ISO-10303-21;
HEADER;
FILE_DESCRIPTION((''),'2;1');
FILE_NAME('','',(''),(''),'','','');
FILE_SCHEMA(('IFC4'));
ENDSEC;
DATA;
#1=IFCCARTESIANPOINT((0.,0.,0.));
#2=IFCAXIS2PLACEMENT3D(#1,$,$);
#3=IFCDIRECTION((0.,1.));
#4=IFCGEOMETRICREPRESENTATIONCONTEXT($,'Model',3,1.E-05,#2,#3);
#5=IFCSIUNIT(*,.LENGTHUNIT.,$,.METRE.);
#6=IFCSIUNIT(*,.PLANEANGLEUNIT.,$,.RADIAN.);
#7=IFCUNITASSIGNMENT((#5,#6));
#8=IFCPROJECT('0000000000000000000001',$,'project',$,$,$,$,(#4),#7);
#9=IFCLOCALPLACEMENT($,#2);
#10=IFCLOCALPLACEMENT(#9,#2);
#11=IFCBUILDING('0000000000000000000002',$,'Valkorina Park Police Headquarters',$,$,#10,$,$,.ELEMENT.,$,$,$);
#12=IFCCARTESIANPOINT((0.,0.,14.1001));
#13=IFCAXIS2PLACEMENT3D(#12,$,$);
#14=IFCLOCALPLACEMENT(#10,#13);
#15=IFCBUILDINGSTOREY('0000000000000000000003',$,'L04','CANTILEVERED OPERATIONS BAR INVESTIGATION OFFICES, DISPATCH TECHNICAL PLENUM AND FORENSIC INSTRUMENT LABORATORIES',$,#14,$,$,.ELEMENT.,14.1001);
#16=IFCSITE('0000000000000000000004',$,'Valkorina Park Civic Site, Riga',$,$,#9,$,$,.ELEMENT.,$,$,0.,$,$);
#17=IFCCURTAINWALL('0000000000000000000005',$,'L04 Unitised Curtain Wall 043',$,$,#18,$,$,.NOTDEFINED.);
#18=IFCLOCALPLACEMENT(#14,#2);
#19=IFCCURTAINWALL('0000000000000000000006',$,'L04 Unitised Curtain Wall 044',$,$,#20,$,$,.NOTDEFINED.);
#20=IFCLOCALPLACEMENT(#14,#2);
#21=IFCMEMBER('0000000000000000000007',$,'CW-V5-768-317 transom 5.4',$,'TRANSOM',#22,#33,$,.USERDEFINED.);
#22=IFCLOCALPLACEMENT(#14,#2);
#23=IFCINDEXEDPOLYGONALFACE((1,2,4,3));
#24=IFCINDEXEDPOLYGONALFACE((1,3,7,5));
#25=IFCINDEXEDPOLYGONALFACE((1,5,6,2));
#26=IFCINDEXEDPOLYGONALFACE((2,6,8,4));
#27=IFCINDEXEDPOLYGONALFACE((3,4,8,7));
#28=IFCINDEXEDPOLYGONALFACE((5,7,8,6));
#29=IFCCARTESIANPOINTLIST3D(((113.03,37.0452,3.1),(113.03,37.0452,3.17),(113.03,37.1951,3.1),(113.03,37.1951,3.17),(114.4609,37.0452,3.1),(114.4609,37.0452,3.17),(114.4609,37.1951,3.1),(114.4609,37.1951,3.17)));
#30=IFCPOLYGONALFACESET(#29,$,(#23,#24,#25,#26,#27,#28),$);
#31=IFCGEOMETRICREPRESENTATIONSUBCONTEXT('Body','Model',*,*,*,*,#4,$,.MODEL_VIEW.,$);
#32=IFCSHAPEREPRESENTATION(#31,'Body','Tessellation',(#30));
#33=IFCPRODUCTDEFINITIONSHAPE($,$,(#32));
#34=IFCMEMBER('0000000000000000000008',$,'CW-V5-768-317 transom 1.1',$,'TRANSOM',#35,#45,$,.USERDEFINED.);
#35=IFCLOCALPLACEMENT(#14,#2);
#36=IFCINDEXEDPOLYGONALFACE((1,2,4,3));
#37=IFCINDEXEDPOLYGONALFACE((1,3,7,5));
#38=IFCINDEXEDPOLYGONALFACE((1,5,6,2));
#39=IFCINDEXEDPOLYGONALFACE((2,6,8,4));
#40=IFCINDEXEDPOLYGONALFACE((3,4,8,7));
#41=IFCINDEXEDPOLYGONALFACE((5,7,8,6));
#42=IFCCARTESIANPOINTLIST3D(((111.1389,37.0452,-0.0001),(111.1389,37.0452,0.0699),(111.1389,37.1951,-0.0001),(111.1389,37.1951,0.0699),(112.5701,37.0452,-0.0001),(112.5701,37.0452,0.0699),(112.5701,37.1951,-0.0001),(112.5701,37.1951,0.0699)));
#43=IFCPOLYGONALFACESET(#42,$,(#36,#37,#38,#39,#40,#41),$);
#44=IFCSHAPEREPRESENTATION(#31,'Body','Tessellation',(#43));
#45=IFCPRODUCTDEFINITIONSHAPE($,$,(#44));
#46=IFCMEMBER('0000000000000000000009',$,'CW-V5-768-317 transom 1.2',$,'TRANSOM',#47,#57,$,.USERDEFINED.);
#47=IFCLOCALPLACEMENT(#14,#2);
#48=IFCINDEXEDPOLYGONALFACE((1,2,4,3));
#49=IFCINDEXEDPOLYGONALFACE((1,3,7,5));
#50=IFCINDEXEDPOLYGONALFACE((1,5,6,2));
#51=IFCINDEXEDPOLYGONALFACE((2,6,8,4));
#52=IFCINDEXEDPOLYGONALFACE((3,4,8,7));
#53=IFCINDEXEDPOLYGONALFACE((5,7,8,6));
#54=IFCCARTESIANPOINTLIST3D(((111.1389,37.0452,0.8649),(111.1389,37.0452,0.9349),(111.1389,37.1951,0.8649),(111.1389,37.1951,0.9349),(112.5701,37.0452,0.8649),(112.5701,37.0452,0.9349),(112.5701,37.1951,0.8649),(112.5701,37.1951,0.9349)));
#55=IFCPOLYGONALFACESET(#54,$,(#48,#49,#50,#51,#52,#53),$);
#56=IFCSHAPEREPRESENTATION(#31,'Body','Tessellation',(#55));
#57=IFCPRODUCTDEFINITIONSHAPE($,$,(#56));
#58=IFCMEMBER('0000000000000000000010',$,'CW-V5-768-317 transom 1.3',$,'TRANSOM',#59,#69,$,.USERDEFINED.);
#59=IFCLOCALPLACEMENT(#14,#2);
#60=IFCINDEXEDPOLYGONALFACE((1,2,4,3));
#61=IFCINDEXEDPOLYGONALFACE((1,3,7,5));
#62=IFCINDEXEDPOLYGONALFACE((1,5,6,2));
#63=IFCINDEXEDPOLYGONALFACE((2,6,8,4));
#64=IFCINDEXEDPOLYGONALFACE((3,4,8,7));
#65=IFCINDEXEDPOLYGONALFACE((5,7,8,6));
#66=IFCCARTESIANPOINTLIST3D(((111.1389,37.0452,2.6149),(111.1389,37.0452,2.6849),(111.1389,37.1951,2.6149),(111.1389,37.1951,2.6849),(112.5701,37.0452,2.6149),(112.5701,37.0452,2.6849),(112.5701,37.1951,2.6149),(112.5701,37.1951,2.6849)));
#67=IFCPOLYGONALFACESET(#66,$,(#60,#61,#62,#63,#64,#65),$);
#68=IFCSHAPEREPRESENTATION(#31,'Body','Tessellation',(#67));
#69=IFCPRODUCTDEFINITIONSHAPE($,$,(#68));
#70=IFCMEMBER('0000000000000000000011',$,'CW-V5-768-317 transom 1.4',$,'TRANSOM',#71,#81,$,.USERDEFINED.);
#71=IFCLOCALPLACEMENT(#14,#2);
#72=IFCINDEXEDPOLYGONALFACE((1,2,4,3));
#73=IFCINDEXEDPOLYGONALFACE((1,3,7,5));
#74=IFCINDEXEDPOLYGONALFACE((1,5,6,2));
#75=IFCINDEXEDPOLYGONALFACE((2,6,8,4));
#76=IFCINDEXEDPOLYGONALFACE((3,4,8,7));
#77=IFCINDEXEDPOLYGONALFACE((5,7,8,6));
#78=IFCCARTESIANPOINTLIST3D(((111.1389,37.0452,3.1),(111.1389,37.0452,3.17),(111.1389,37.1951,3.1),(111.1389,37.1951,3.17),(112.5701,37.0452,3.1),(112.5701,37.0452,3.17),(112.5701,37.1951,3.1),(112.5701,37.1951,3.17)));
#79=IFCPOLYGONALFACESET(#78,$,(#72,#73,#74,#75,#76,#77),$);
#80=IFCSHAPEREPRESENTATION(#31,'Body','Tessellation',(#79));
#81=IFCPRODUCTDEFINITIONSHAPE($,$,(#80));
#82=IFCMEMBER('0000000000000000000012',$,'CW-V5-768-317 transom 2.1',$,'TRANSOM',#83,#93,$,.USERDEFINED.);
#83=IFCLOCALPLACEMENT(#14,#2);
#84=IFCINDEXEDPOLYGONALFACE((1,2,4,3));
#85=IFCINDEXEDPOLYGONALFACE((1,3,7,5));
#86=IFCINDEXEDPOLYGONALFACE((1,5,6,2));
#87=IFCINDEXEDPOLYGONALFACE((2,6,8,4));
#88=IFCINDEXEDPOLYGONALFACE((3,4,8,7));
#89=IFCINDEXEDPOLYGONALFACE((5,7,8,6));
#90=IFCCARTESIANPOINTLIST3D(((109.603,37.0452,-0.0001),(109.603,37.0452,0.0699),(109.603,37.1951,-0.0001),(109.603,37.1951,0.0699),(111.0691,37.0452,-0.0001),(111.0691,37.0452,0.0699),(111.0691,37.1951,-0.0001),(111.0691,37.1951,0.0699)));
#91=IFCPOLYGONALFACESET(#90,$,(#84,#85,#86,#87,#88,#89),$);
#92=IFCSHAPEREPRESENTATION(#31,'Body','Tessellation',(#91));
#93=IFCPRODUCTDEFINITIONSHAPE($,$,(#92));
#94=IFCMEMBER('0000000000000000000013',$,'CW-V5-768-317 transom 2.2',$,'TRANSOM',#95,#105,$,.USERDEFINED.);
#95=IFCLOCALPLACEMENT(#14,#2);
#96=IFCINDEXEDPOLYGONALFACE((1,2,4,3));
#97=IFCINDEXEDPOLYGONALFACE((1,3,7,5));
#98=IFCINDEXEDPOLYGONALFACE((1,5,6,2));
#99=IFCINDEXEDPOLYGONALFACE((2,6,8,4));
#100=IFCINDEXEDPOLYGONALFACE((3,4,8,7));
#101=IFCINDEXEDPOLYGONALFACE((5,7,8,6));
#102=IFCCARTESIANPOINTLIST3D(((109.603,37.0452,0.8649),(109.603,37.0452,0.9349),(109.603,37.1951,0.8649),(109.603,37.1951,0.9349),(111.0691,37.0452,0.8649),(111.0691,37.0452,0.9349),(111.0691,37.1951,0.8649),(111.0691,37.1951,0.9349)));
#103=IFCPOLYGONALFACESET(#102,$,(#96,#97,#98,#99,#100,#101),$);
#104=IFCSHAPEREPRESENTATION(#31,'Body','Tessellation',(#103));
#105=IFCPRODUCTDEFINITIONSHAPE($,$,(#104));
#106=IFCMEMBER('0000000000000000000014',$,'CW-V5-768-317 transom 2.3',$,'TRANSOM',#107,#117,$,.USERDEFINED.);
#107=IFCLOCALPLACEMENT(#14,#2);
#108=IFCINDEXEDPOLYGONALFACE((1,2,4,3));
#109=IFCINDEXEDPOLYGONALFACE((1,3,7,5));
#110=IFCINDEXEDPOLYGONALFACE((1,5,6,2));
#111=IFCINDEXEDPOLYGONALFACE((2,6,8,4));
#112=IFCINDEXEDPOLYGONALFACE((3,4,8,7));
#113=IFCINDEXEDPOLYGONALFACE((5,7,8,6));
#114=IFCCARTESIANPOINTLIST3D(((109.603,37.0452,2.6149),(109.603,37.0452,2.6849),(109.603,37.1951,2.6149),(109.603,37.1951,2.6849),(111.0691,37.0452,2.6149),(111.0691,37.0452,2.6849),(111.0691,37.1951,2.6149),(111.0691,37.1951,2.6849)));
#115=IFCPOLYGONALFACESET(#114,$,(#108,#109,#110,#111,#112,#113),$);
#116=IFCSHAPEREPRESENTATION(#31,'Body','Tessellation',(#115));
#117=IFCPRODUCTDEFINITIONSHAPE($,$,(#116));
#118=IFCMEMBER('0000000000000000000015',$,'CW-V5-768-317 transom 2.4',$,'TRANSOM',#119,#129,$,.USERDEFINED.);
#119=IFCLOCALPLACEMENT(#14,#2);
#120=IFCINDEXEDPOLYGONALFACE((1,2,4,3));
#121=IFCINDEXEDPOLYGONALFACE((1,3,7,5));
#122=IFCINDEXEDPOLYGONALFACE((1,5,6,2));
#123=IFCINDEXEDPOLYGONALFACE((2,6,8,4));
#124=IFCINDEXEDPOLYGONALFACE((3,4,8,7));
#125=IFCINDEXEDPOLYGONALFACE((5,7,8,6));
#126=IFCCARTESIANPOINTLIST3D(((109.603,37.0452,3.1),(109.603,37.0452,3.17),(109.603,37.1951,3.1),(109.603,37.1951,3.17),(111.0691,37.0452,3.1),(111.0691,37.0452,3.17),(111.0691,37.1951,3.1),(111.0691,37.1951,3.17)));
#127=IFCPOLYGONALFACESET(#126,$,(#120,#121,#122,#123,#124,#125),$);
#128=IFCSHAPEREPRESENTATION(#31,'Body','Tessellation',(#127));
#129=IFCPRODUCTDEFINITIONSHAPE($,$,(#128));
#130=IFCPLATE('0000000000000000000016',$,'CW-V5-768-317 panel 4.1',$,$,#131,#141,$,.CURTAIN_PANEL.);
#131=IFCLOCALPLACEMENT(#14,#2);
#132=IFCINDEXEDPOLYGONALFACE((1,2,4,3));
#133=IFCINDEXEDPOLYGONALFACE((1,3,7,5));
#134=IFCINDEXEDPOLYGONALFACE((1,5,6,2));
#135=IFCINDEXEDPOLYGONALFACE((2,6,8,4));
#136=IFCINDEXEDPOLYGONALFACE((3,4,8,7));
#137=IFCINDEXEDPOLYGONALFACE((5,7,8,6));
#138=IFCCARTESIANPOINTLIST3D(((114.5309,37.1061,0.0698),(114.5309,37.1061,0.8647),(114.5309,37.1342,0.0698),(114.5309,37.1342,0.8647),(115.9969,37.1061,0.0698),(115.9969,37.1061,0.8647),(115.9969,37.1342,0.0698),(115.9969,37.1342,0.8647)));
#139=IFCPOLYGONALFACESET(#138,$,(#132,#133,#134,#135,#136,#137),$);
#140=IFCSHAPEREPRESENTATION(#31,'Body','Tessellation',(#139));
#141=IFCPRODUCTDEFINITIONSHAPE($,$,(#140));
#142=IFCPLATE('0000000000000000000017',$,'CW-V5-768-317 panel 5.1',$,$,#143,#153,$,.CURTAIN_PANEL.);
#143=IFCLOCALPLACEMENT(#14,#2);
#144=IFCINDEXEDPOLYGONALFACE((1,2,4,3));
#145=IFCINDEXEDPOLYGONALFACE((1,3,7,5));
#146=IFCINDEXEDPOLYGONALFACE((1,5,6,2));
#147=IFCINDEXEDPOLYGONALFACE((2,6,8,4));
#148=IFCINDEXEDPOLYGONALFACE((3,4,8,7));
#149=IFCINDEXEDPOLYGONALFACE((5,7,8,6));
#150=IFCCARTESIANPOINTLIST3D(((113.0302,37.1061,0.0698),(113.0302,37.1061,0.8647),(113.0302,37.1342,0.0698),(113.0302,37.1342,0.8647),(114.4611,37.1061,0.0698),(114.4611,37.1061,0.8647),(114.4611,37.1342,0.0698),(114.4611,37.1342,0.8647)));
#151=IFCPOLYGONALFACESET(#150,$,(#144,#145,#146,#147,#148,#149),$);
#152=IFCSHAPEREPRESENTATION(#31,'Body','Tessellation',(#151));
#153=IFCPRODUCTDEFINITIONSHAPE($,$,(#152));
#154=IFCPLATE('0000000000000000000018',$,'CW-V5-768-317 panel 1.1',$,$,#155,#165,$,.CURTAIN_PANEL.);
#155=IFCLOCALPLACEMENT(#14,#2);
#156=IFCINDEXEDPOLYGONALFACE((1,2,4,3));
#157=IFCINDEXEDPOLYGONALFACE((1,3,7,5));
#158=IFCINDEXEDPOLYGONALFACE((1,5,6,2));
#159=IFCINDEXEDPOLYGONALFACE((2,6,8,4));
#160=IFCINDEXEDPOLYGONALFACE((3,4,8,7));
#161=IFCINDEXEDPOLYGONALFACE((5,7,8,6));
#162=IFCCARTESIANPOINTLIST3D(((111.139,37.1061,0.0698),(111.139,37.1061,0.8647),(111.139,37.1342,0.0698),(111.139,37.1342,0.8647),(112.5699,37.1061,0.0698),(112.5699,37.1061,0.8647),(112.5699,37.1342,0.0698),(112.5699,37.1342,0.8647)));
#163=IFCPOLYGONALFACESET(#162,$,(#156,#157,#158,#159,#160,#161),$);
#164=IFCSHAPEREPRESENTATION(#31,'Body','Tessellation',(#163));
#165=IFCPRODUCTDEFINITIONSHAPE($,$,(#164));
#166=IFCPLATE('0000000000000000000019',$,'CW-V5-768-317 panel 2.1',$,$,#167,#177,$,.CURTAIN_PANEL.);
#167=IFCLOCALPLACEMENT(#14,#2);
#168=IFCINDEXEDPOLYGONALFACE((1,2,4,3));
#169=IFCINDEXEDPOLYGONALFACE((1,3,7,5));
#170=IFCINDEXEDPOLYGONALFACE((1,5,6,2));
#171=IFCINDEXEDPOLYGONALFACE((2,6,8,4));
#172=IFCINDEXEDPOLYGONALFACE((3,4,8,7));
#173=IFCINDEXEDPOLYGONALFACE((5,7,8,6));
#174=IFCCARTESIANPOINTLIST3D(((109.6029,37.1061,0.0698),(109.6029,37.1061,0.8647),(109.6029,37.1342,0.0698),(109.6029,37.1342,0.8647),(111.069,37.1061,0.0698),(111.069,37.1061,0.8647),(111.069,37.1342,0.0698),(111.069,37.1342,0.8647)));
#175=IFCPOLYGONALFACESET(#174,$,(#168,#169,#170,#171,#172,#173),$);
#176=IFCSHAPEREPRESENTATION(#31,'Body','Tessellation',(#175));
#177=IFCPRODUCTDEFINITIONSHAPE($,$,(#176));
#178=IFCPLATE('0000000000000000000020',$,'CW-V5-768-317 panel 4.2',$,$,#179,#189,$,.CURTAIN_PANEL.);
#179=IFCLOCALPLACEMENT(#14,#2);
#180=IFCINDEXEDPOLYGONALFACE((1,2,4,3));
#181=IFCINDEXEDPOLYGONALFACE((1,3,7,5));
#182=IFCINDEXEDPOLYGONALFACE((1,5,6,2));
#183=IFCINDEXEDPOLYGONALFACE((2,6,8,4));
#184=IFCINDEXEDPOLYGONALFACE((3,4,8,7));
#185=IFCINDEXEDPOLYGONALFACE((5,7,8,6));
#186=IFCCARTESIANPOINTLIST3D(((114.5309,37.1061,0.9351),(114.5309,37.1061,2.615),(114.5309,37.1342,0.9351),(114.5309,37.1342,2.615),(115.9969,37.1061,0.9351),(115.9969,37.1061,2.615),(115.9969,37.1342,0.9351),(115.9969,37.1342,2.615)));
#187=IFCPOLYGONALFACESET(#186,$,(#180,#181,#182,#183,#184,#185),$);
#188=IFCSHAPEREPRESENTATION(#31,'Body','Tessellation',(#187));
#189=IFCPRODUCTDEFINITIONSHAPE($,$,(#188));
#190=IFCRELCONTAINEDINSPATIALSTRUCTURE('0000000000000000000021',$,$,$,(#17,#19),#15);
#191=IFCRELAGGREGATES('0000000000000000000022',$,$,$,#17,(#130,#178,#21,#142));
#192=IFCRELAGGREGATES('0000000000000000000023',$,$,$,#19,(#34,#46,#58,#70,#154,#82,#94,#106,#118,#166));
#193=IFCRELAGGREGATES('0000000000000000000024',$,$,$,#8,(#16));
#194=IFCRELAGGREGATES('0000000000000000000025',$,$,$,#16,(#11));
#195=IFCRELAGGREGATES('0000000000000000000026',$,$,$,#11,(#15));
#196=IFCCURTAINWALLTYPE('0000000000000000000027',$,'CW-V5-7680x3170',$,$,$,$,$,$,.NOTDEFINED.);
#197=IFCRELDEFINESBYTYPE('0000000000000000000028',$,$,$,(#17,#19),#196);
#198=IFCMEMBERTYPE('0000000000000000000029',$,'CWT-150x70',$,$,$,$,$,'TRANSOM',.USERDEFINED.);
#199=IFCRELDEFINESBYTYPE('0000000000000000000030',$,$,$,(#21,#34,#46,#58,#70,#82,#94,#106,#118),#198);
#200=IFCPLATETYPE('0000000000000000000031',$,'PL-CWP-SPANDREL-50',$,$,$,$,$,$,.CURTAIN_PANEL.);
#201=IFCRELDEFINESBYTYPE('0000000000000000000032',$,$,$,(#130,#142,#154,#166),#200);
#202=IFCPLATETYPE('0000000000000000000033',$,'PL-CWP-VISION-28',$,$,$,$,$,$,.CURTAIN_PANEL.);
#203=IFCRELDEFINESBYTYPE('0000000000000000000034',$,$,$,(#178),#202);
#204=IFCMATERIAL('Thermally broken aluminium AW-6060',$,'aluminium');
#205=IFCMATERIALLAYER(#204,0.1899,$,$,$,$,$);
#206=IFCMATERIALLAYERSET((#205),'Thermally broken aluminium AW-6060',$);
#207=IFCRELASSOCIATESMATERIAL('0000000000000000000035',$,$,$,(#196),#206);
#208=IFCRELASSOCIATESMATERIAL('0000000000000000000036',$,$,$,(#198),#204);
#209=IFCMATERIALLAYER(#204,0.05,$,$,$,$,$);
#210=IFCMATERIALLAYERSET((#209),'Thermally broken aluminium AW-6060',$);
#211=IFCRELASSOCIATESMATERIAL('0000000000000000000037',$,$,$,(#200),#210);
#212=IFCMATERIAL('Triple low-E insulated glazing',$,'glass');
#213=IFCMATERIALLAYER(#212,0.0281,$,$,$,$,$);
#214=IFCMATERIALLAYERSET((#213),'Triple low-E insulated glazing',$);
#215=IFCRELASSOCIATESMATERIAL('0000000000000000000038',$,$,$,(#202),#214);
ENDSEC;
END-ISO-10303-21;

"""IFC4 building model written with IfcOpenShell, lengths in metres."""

from ifc_helpers import new_model, si_unit, direction, frame, origin, origin_2d, place, context, subcontext, project, spatial, rectangle, extrude, material, layer, layer_set, material_profile, profile_set, type_object, element, aggregate, save


model = new_model("IFC4")

# Units and contexts
model_context = context("Model", 3, precision=1e-05, world=origin(), true_north=direction((0.0, 1.0)))
body_context = subcontext(model_context, "Body", "Model", "MODEL_VIEW")
ifc_project = project(units=[si_unit("LENGTHUNIT", "METRE"), si_unit("PLANEANGLEUNIT", "RADIAN")], contexts=[model_context])

# Site, building, storey
site_placement = place(None, origin())
site = spatial("IfcSite", under=ifc_project, at=site_placement, Name="Valkorina Park Civic Site, Riga", CompositionType="ELEMENT", RefElevation=0.0)
building_placement = place(site_placement, origin())
building = spatial("IfcBuilding", under=site, at=building_placement, Name="Valkorina Park Police Headquarters", CompositionType="ELEMENT")
storey_placement = place(building_placement, frame((0.0, 0.0, 14.1001)))
storey = spatial("IfcBuildingStorey", under=building, at=storey_placement, Name="L04", Description="CANTILEVERED OPERATIONS BAR INVESTIGATION OFFICES, DISPATCH TECHNICAL PLENUM AND FORENSIC INSTRUMENT LABORATORIES", CompositionType="ELEMENT", Elevation=14.1001)

# Curtain walls
ifc_material_1 = material(Name="Thermally broken aluminium AW-6060", Category="aluminium")
ifc_layer_1 = layer(ifc_material_1, 0.1899)
ifc_layer_set_1 = layer_set([ifc_layer_1], Name="Thermally broken aluminium AW-6060")
curtain_wall_type = type_object("IfcCurtainWallType", Name="CW-V5-7680x3170", PredefinedType="NOTDEFINED", material=ifc_layer_set_1)
curtain_wall_1_placement = place(storey_placement, origin())
curtain_wall_1 = element("IfcCurtainWall", 1, at=curtain_wall_1_placement, inside=storey, type_object=curtain_wall_type, Name="L04 Unitised Curtain Wall 043", PredefinedType="NOTDEFINED")
curtain_wall_2_placement = place(storey_placement, origin())
curtain_wall_2 = element("IfcCurtainWall", 2, at=curtain_wall_2_placement, inside=storey, type_object=curtain_wall_type, Name="L04 Unitised Curtain Wall 044", PredefinedType="NOTDEFINED")

# Members
ifc_material_profile_1 = material_profile(ifc_material_1, rectangle(XDim=0.1499, YDim=0.0701, at=origin_2d()), Name="CWT-02 150x70")
ifc_profile_set_1 = profile_set([ifc_material_profile_1], Name="Thermally broken aluminium AW-6060")
member_type_1 = type_object("IfcMemberType", Name="CWT-150x70", ElementType="TRANSOM", PredefinedType="USERDEFINED", material=ifc_profile_set_1)
member_1_placement = place(storey_placement, frame((114.4609, 37.1201, 3.135), z_axis=(-1.0, 0.0, 0.0), x_axis=(0.0, -1.0, 0.0)))
member_1 = element("IfcMember", 3, at=member_1_placement, type_object=member_type_1, Name="CW-V5-768-317 transom 5.4", ObjectType="TRANSOM", PredefinedType="USERDEFINED", context=body_context, shape_type="SweptSolid", body=[
    extrude(rectangle(XDim=0.1499, YDim=0.0701, at=origin_2d()), origin(), (0.0, 0.0, 1.0), 1.4309),
])
member_2_placement = place(storey_placement, frame((112.5701, 37.1201, 0.0349), z_axis=(-1.0, 0.0, 0.0), x_axis=(0.0, -1.0, 0.0)))
member_2 = element("IfcMember", 4, at=member_2_placement, type_object=member_type_1, Name="CW-V5-768-317 transom 1.1", ObjectType="TRANSOM", PredefinedType="USERDEFINED", context=body_context, shape_type="SweptSolid", body=[
    extrude(rectangle(XDim=0.1499, YDim=0.0701, at=origin_2d()), origin(), (0.0, 0.0, 1.0), 1.4312),
])
member_3_placement = place(storey_placement, frame((112.5701, 37.1201, 0.8999), z_axis=(-1.0, 0.0, 0.0), x_axis=(0.0, -1.0, 0.0)))
member_3 = element("IfcMember", 5, at=member_3_placement, type_object=member_type_1, Name="CW-V5-768-317 transom 1.2", ObjectType="TRANSOM", PredefinedType="USERDEFINED", context=body_context, shape_type="SweptSolid", body=[
    extrude(rectangle(XDim=0.1499, YDim=0.0701, at=origin_2d()), origin(), (0.0, 0.0, 1.0), 1.4312),
])
member_4_placement = place(storey_placement, frame((112.5701, 37.1201, 2.6499), z_axis=(-1.0, 0.0, 0.0), x_axis=(0.0, -1.0, 0.0)))
member_4 = element("IfcMember", 6, at=member_4_placement, type_object=member_type_1, Name="CW-V5-768-317 transom 1.3", ObjectType="TRANSOM", PredefinedType="USERDEFINED", context=body_context, shape_type="SweptSolid", body=[
    extrude(rectangle(XDim=0.1499, YDim=0.0701, at=origin_2d()), origin(), (0.0, 0.0, 1.0), 1.4312),
])
member_5_placement = place(storey_placement, frame((112.5701, 37.1201, 3.135), z_axis=(-1.0, 0.0, 0.0), x_axis=(0.0, -1.0, 0.0)))
member_5 = element("IfcMember", 7, at=member_5_placement, type_object=member_type_1, Name="CW-V5-768-317 transom 1.4", ObjectType="TRANSOM", PredefinedType="USERDEFINED", context=body_context, shape_type="SweptSolid", body=[
    extrude(rectangle(XDim=0.1499, YDim=0.0701, at=origin_2d()), origin(), (0.0, 0.0, 1.0), 1.4312),
])
member_6_placement = place(storey_placement, frame((111.0691, 37.1201, 0.0349), z_axis=(-1.0, 0.0, 0.0), x_axis=(0.0, -1.0, 0.0)))
member_6 = element("IfcMember", 8, at=member_6_placement, type_object=member_type_1, Name="CW-V5-768-317 transom 2.1", ObjectType="TRANSOM", PredefinedType="USERDEFINED", context=body_context, shape_type="SweptSolid", body=[
    extrude(rectangle(XDim=0.1499, YDim=0.0701, at=origin_2d()), origin(), (0.0, 0.0, 1.0), 1.4661),
])
member_7_placement = place(storey_placement, frame((111.0691, 37.1201, 0.8999), z_axis=(-1.0, 0.0, 0.0), x_axis=(0.0, -1.0, 0.0)))
member_7 = element("IfcMember", 9, at=member_7_placement, type_object=member_type_1, Name="CW-V5-768-317 transom 2.2", ObjectType="TRANSOM", PredefinedType="USERDEFINED", context=body_context, shape_type="SweptSolid", body=[
    extrude(rectangle(XDim=0.1499, YDim=0.0701, at=origin_2d()), origin(), (0.0, 0.0, 1.0), 1.4661),
])
member_8_placement = place(storey_placement, frame((111.0691, 37.1201, 2.6499), z_axis=(-1.0, 0.0, 0.0), x_axis=(0.0, -1.0, 0.0)))
member_8 = element("IfcMember", 10, at=member_8_placement, type_object=member_type_1, Name="CW-V5-768-317 transom 2.3", ObjectType="TRANSOM", PredefinedType="USERDEFINED", context=body_context, shape_type="SweptSolid", body=[
    extrude(rectangle(XDim=0.1499, YDim=0.0701, at=origin_2d()), origin(), (0.0, 0.0, 1.0), 1.4661),
])
member_9_placement = place(storey_placement, frame((111.0691, 37.1201, 3.135), z_axis=(-1.0, 0.0, 0.0), x_axis=(0.0, -1.0, 0.0)))
member_9 = element("IfcMember", 11, at=member_9_placement, type_object=member_type_1, Name="CW-V5-768-317 transom 2.4", ObjectType="TRANSOM", PredefinedType="USERDEFINED", context=body_context, shape_type="SweptSolid", body=[
    extrude(rectangle(XDim=0.1499, YDim=0.0701, at=origin_2d()), origin(), (0.0, 0.0, 1.0), 1.4661),
])

# Plates
ifc_layer_2 = layer(ifc_material_1, 0.05)
ifc_layer_set_2 = layer_set([ifc_layer_2], Name="Thermally broken aluminium AW-6060")
plate_type_1 = type_object("IfcPlateType", Name="PL-CWP-SPANDREL-50", PredefinedType="CURTAIN_PANEL", material=ifc_layer_set_2)
plate_1_placement = place(storey_placement, frame((115.2639, 37.1201, 0.0698), z_axis=(0.0, 0.0, 1.0), x_axis=(-1.0, 0.0, 0.0)))
plate_1 = element("IfcPlate", 12, at=plate_1_placement, type_object=plate_type_1, Name="CW-V5-768-317 panel 4.1", PredefinedType="CURTAIN_PANEL", context=body_context, shape_type="SweptSolid", body=[
    extrude(rectangle(XDim=1.4661, YDim=0.0281, at=origin_2d()), origin(), (0.0, 0.0, 1.0), 0.7949),
])
plate_2_placement = place(storey_placement, frame((113.7456, 37.1201, 0.0698), z_axis=(0.0, 0.0, 1.0), x_axis=(-1.0, 0.0, 0.0)))
plate_2 = element("IfcPlate", 13, at=plate_2_placement, type_object=plate_type_1, Name="CW-V5-768-317 panel 5.1", PredefinedType="CURTAIN_PANEL", context=body_context, shape_type="SweptSolid", body=[
    extrude(rectangle(XDim=1.4309, YDim=0.0281, at=origin_2d()), origin(), (0.0, 0.0, 1.0), 0.7949),
])
plate_3_placement = place(storey_placement, frame((111.8545, 37.1201, 0.0698), z_axis=(0.0, 0.0, 1.0), x_axis=(-1.0, 0.0, 0.0)))
plate_3 = element("IfcPlate", 14, at=plate_3_placement, type_object=plate_type_1, Name="CW-V5-768-317 panel 1.1", PredefinedType="CURTAIN_PANEL", context=body_context, shape_type="SweptSolid", body=[
    extrude(rectangle(XDim=1.4309, YDim=0.0281, at=origin_2d()), origin(), (0.0, 0.0, 1.0), 0.7949),
])
plate_4_placement = place(storey_placement, frame((110.3359, 37.1201, 0.0698), z_axis=(0.0, 0.0, 1.0), x_axis=(-1.0, 0.0, 0.0)))
plate_4 = element("IfcPlate", 15, at=plate_4_placement, type_object=plate_type_1, Name="CW-V5-768-317 panel 2.1", PredefinedType="CURTAIN_PANEL", context=body_context, shape_type="SweptSolid", body=[
    extrude(rectangle(XDim=1.4661, YDim=0.0281, at=origin_2d()), origin(), (0.0, 0.0, 1.0), 0.7949),
])
ifc_material_2 = material(Name="Triple low-E insulated glazing", Category="glass")
ifc_layer_3 = layer(ifc_material_2, 0.0281)
ifc_layer_set_3 = layer_set([ifc_layer_3], Name="Triple low-E insulated glazing")
plate_type_2 = type_object("IfcPlateType", Name="PL-CWP-VISION-28", PredefinedType="CURTAIN_PANEL", material=ifc_layer_set_3)
plate_5_placement = place(storey_placement, frame((115.2639, 37.1201, 0.9351), z_axis=(0.0, 0.0, 1.0), x_axis=(-1.0, 0.0, 0.0)))
plate_5 = element("IfcPlate", 16, at=plate_5_placement, type_object=plate_type_2, Name="CW-V5-768-317 panel 4.2", PredefinedType="CURTAIN_PANEL", context=body_context, shape_type="SweptSolid", body=[
    extrude(rectangle(XDim=1.4661, YDim=0.0281, at=origin_2d()), origin(), (0.0, 0.0, 1.0), 1.6799),
])
aggregate(curtain_wall_1, [plate_1, plate_5, member_1, plate_2])
aggregate(curtain_wall_2, [member_2, member_3, member_4, member_5, plate_3, member_6, member_7, member_8, member_9, plate_4])

save(model, "model.ifc")
